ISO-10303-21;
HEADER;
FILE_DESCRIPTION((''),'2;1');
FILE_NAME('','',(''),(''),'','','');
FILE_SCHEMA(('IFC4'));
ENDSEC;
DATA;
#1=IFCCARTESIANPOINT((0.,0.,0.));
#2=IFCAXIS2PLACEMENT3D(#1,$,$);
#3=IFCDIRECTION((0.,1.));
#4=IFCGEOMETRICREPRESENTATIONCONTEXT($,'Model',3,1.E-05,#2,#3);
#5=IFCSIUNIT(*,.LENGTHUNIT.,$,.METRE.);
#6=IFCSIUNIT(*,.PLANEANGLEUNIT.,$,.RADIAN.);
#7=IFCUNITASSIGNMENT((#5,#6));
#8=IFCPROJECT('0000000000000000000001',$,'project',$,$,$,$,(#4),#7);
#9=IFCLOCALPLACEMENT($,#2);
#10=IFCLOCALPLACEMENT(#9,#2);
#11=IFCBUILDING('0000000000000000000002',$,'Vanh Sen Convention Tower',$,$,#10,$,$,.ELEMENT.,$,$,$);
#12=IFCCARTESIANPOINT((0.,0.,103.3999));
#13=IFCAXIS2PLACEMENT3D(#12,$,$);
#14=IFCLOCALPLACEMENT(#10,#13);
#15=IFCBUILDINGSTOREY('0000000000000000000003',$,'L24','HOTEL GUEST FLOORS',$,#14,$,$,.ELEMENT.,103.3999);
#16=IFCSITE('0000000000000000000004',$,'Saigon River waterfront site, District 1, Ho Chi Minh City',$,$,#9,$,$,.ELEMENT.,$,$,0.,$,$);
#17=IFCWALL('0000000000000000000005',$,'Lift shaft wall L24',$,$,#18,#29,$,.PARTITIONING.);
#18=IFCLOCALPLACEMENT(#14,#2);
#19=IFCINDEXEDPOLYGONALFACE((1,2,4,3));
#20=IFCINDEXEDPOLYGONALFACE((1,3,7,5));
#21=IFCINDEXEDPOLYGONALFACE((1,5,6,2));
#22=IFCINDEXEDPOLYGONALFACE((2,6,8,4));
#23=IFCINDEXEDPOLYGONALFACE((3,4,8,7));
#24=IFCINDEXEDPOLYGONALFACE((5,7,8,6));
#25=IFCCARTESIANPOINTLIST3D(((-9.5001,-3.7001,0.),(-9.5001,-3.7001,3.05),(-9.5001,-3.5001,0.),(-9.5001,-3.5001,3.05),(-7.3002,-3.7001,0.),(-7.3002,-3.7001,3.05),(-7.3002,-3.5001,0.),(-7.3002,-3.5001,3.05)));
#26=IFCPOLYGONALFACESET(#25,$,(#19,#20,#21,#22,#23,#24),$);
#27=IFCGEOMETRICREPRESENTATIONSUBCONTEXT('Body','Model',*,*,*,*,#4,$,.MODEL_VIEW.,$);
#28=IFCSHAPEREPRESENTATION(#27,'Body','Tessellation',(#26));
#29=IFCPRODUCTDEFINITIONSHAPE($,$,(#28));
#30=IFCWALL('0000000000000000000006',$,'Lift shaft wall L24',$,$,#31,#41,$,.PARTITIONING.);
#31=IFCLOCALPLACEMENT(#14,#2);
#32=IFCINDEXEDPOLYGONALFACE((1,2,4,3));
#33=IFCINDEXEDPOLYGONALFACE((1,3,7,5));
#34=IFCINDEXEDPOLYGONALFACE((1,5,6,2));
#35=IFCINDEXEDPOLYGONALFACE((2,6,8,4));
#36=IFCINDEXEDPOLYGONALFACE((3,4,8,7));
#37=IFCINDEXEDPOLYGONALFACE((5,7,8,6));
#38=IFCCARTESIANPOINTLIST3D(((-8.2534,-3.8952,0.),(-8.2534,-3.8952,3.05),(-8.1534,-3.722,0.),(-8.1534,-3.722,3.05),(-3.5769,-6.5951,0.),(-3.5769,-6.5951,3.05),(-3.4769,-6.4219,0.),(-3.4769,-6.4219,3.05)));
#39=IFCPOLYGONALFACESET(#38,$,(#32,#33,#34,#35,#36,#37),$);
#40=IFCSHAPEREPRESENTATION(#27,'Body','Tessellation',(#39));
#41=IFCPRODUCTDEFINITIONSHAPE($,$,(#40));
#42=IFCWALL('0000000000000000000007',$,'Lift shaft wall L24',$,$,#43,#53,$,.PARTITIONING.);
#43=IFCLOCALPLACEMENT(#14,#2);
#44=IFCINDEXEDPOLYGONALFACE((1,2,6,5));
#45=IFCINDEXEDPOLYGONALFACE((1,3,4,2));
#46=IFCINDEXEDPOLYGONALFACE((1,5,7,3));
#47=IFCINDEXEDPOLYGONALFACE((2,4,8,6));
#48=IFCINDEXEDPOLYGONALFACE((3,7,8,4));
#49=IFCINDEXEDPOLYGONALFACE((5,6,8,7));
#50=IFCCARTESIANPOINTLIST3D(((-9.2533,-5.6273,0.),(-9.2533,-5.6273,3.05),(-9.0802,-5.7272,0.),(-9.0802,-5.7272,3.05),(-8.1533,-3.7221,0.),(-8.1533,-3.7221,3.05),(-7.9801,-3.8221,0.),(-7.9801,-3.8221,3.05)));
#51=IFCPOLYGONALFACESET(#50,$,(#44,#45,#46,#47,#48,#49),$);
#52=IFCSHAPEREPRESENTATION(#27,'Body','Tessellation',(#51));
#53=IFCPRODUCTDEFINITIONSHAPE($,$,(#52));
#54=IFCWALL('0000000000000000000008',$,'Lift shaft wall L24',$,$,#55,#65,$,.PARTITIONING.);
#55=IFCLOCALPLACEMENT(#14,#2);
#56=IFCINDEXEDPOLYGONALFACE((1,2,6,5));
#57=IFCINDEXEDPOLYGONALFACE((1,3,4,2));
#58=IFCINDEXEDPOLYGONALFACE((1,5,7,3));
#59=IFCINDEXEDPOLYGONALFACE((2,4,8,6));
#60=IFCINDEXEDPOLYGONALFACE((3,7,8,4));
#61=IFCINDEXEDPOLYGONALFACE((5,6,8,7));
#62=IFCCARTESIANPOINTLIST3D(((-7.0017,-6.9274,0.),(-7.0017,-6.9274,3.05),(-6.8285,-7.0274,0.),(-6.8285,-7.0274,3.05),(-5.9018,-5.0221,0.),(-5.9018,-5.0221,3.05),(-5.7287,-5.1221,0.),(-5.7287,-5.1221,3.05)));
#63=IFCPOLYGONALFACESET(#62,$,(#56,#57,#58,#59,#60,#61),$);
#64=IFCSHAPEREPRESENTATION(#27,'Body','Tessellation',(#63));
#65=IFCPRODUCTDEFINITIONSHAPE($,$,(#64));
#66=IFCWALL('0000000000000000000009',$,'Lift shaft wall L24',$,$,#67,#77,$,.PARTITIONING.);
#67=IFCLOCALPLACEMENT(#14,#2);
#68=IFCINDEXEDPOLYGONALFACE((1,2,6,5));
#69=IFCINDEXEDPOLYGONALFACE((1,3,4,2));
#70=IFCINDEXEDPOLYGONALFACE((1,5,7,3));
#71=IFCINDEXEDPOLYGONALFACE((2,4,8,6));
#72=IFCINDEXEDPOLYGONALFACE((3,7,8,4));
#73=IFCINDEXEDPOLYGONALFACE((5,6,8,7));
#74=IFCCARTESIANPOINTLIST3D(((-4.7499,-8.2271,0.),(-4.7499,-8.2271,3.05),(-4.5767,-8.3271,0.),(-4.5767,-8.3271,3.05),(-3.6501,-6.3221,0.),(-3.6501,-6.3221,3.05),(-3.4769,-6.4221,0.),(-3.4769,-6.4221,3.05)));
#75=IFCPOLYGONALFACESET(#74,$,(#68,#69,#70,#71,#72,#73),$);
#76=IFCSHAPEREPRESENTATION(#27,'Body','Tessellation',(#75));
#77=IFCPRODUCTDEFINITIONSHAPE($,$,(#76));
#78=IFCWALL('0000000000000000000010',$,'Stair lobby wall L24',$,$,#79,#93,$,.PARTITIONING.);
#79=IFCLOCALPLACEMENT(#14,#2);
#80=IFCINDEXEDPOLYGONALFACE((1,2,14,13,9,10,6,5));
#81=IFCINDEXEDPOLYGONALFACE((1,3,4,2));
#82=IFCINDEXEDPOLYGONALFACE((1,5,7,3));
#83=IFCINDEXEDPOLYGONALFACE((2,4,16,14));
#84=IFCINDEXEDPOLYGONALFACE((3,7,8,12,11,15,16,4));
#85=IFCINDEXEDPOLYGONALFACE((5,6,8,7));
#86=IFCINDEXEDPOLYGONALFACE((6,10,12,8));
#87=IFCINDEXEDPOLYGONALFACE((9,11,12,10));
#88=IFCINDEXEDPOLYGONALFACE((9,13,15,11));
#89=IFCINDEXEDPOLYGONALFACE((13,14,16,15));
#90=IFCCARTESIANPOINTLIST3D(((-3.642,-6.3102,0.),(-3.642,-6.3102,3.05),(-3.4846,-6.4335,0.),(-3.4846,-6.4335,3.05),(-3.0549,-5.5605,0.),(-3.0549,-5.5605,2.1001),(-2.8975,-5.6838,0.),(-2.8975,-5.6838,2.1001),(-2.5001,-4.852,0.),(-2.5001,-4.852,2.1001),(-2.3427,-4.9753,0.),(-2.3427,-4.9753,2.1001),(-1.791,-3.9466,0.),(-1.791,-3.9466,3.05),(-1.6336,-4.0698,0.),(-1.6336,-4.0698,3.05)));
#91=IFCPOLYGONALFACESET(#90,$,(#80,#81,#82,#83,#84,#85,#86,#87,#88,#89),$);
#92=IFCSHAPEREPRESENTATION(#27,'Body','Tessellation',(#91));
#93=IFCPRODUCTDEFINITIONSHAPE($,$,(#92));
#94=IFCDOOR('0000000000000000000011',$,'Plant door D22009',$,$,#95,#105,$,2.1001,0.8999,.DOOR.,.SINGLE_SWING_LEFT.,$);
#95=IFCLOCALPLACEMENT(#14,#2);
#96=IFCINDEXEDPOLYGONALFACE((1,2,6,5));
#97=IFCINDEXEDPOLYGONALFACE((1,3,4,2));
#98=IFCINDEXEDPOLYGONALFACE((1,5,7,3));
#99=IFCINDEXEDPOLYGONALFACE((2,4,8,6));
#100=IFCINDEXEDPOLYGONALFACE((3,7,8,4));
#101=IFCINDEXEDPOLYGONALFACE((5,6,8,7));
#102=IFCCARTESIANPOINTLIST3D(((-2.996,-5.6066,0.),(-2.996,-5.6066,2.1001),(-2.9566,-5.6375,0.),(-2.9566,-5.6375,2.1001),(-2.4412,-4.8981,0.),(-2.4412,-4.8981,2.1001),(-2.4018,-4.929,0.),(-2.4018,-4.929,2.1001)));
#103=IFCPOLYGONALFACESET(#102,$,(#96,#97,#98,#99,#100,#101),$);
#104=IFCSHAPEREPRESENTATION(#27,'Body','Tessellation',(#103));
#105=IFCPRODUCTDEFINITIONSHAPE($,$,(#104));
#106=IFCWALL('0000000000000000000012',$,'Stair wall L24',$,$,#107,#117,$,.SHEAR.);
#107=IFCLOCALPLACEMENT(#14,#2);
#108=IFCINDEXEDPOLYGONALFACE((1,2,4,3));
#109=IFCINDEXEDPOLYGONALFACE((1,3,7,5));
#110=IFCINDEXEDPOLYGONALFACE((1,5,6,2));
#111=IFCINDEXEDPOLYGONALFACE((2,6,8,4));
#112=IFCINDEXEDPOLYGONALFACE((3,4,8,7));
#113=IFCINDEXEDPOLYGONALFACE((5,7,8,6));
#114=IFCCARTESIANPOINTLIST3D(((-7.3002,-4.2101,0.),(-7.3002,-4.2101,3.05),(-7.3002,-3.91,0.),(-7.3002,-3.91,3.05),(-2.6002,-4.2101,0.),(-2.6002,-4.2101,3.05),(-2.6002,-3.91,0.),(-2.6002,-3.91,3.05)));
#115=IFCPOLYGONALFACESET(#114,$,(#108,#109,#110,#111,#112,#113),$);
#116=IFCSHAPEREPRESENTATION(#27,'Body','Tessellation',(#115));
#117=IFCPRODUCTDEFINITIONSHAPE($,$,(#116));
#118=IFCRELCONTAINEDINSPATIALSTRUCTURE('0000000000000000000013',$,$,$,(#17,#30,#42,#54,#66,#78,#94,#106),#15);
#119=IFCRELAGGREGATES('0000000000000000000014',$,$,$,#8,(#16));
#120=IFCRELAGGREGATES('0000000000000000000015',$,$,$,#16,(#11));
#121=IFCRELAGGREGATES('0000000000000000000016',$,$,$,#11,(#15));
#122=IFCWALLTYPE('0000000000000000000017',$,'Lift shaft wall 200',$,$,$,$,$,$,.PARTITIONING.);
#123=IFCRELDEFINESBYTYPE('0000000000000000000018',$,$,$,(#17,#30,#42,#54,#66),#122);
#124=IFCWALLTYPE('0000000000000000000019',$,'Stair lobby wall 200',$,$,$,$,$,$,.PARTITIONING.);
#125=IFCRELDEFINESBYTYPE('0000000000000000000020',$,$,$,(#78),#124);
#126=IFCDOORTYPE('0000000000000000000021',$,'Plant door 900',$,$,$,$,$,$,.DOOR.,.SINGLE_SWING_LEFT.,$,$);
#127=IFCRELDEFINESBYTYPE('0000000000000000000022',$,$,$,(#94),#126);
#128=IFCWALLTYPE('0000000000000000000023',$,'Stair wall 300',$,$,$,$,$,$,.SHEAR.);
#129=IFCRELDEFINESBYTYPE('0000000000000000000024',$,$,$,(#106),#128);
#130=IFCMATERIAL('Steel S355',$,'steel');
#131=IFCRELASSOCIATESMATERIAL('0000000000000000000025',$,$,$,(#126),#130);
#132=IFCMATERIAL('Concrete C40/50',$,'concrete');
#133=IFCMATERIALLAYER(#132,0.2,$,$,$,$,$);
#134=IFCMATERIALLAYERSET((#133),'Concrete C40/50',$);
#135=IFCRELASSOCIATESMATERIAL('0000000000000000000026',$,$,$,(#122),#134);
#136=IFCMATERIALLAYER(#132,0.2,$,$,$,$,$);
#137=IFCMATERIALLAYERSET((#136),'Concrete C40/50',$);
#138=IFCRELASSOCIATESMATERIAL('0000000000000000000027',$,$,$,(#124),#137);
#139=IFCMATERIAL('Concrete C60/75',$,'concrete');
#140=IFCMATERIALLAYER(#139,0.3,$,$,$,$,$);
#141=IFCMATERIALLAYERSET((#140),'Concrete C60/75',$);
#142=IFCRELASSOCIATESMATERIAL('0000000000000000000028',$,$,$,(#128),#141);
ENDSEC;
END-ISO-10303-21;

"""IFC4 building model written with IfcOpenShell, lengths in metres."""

from ifc_helpers import new_model, si_unit, direction, frame, frame_2d, origin, place, context, subcontext, project, spatial, rectangle, extrude, material, layer, layer_set, type_object, element, fill, save


model = new_model("IFC4")

# Units and contexts
model_context = context("Model", 3, precision=1e-05, world=origin(), true_north=direction((0.0, 1.0)))
body_context = subcontext(model_context, "Body", "Model", "MODEL_VIEW")
ifc_project = project(units=[si_unit("LENGTHUNIT", "METRE"), si_unit("PLANEANGLEUNIT", "RADIAN")], contexts=[model_context])

# Site, building, storey
site_placement = place(None, origin())
site = spatial("IfcSite", under=ifc_project, at=site_placement, Name="Saigon River waterfront site, District 1, Ho Chi Minh City", CompositionType="ELEMENT", RefElevation=0.0)
building_placement = place(site_placement, origin())
building = spatial("IfcBuilding", under=site, at=building_placement, Name="Vanh Sen Convention Tower", CompositionType="ELEMENT")
storey_placement = place(building_placement, frame((0.0, 0.0, 103.3999)))
storey = spatial("IfcBuildingStorey", under=building, at=storey_placement, Name="L24", Description="HOTEL GUEST FLOORS", CompositionType="ELEMENT", Elevation=103.3999)

# Shared definitions
ifc_material_1 = material(Name="Steel S355", Category="steel")
door_type_1 = type_object("IfcDoorType", Name="Plant door 900", OperationType="SINGLE_SWING_LEFT", PredefinedType="DOOR", material=ifc_material_1)

# Walls
ifc_material_2 = material(Name="Concrete C40/50", Category="concrete")
ifc_layer_1 = layer(ifc_material_2, 0.2)
ifc_layer_set_1 = layer_set([ifc_layer_1], Name="Concrete C40/50")
wall_type_1 = type_object("IfcWallType", Name="Lift shaft wall 200", PredefinedType="PARTITIONING", material=ifc_layer_set_1)
wall_1_placement = place(storey_placement, frame((-7.3, -3.6001, 0.0), z_axis=(0.0, 0.0, 1.0), x_axis=(-1.0, 0.0, 0.0)))
element("IfcWall", 1, at=wall_1_placement, inside=storey, type_object=wall_type_1, Name="Lift shaft wall L24", PredefinedType="PARTITIONING", context=body_context, shape_type="SweptSolid", body=[
    extrude(rectangle(XDim=2.2, YDim=0.2, at=frame_2d((1.1001, 0.0))), origin(), (0.0, 0.0, 1.0), 3.05),
])
wall_2_placement = place(storey_placement, frame((-8.2034, -3.8086, 0.0), z_axis=(0.0, 0.0, 1.0), x_axis=(0.866028, -0.499995, 0.0)))
element("IfcWall", 2, at=wall_2_placement, inside=storey, type_object=wall_type_1, Name="Lift shaft wall L24", PredefinedType="PARTITIONING", context=body_context, shape_type="SweptSolid", body=[
    extrude(rectangle(XDim=5.3999, YDim=0.2, at=frame_2d((2.7, 0.0))), origin(), (0.0, 0.0, 1.0), 3.05),
])
for number, where, z_axis, x_axis, name in (
    (3, (-8.0667, -3.772, 0.0), (0.0, 0.0, 1.0), (-0.50003, -0.866008, 0.0), "Lift shaft wall L24"),
    (4, (-5.8152, -5.072, 0.0), (0.0, 0.0, 1.0), (-0.499947, -0.866056, 0.0), "Lift shaft wall L24"),
):
    element("IfcWall", number, at=place(storey_placement, frame(where, z_axis=z_axis, x_axis=x_axis)), inside=storey, type_object=wall_type_1, Name=name, PredefinedType="PARTITIONING", context=body_context, shape_type="SweptSolid", body=[
        extrude(rectangle(XDim=2.2, YDim=0.2, at=frame_2d((1.1001, 0.0))), origin(), (0.0, 0.0, 1.0), 3.05),
    ])
wall_3_placement = place(storey_placement, frame((-3.5635, -6.3721, 0.0), z_axis=(0.0, 0.0, 1.0), x_axis=(-0.499995, -0.866028, 0.0)))
element("IfcWall", 5, at=wall_3_placement, inside=storey, type_object=wall_type_1, Name="Lift shaft wall L24", PredefinedType="PARTITIONING", context=body_context, shape_type="SweptSolid", body=[
    extrude(rectangle(XDim=2.1997, YDim=0.2, at=frame_2d((1.0999, 0.0))), origin(), (0.0, 0.0, 1.0), 3.05),
])

# Wall, opening, door
ifc_layer_2 = layer(ifc_material_2, 0.2)
ifc_layer_set_2 = layer_set([ifc_layer_2], Name="Concrete C40/50")
wall_type_2 = type_object("IfcWallType", Name="Stair lobby wall 200", PredefinedType="PARTITIONING", material=ifc_layer_set_2)
wall_4_placement = place(storey_placement, frame((-1.7124, -4.0083, 0.0), z_axis=(0.0, 0.0, 1.0), x_axis=(-0.616549, -0.787316, 0.0)))
wall_4 = element("IfcWall", 6, at=wall_4_placement, inside=storey, type_object=wall_type_2, Name="Stair lobby wall L24", PredefinedType="PARTITIONING", context=body_context, shape_type="SweptSolid", body=[
    extrude(rectangle(XDim=3.0022, YDim=0.2, at=frame_2d((1.501, 0.0))), origin(), (0.0, 0.0, 1.0), 3.05),
])
opening_1_placement = place(wall_4_placement, frame((1.1499, 0.0, 0.0)))
opening_1 = element("IfcOpeningElement", 7, at=opening_1_placement, cuts=wall_4, PredefinedType="OPENING", context=body_context, shape_type="SweptSolid", body=[
    extrude(rectangle(XDim=0.8999, YDim=2.1001, at=frame_2d((0.45, 1.05))), frame((0.0, 0.1099, 0.0), z_axis=(0.0, -1.0, 0.0), x_axis=(1.0, 0.0, 0.0)), (0.0, 0.0, 1.0), 0.22),
])
door_1_placement = place(opening_1_placement, origin())
door_1 = element("IfcDoor", 8, at=door_1_placement, inside=storey, type_object=door_type_1, Name="Plant door D22009", OperationType="SINGLE_SWING_LEFT", OverallHeight=2.1001, OverallWidth=0.8999, PredefinedType="DOOR", context=body_context, shape_type="SweptSolid", body=[
    extrude(rectangle(XDim=0.8999, YDim=2.1001, at=frame_2d((0.45, 1.05))), frame((0.0, 0.0249, 0.0), z_axis=(0.0, -1.0, 0.0), x_axis=(1.0, 0.0, 0.0)), (0.0, 0.0, 1.0), 0.05),
])
fill(opening_1, door_1)

# Wall
ifc_material_3 = material(Name="Concrete C60/75", Category="concrete")
ifc_layer_3 = layer(ifc_material_3, 0.3)
ifc_layer_set_3 = layer_set([ifc_layer_3], Name="Concrete C60/75")
wall_type_3 = type_object("IfcWallType", Name="Stair wall 300", PredefinedType="SHEAR", material=ifc_layer_set_3)
wall_5_placement = place(storey_placement, frame((-2.6001, -4.0601, 0.0), z_axis=(0.0, 0.0, 1.0), x_axis=(-1.0, 0.0, 0.0)))
element("IfcWall", 9, at=wall_5_placement, inside=storey, type_object=wall_type_3, Name="Stair wall L24", PredefinedType="SHEAR", context=body_context, shape_type="SweptSolid", body=[
    extrude(rectangle(XDim=4.7, YDim=0.3, at=frame_2d((2.3501, 0.0))), origin(), (0.0, 0.0, 1.0), 3.05),
])

save(model, "model.ifc")
